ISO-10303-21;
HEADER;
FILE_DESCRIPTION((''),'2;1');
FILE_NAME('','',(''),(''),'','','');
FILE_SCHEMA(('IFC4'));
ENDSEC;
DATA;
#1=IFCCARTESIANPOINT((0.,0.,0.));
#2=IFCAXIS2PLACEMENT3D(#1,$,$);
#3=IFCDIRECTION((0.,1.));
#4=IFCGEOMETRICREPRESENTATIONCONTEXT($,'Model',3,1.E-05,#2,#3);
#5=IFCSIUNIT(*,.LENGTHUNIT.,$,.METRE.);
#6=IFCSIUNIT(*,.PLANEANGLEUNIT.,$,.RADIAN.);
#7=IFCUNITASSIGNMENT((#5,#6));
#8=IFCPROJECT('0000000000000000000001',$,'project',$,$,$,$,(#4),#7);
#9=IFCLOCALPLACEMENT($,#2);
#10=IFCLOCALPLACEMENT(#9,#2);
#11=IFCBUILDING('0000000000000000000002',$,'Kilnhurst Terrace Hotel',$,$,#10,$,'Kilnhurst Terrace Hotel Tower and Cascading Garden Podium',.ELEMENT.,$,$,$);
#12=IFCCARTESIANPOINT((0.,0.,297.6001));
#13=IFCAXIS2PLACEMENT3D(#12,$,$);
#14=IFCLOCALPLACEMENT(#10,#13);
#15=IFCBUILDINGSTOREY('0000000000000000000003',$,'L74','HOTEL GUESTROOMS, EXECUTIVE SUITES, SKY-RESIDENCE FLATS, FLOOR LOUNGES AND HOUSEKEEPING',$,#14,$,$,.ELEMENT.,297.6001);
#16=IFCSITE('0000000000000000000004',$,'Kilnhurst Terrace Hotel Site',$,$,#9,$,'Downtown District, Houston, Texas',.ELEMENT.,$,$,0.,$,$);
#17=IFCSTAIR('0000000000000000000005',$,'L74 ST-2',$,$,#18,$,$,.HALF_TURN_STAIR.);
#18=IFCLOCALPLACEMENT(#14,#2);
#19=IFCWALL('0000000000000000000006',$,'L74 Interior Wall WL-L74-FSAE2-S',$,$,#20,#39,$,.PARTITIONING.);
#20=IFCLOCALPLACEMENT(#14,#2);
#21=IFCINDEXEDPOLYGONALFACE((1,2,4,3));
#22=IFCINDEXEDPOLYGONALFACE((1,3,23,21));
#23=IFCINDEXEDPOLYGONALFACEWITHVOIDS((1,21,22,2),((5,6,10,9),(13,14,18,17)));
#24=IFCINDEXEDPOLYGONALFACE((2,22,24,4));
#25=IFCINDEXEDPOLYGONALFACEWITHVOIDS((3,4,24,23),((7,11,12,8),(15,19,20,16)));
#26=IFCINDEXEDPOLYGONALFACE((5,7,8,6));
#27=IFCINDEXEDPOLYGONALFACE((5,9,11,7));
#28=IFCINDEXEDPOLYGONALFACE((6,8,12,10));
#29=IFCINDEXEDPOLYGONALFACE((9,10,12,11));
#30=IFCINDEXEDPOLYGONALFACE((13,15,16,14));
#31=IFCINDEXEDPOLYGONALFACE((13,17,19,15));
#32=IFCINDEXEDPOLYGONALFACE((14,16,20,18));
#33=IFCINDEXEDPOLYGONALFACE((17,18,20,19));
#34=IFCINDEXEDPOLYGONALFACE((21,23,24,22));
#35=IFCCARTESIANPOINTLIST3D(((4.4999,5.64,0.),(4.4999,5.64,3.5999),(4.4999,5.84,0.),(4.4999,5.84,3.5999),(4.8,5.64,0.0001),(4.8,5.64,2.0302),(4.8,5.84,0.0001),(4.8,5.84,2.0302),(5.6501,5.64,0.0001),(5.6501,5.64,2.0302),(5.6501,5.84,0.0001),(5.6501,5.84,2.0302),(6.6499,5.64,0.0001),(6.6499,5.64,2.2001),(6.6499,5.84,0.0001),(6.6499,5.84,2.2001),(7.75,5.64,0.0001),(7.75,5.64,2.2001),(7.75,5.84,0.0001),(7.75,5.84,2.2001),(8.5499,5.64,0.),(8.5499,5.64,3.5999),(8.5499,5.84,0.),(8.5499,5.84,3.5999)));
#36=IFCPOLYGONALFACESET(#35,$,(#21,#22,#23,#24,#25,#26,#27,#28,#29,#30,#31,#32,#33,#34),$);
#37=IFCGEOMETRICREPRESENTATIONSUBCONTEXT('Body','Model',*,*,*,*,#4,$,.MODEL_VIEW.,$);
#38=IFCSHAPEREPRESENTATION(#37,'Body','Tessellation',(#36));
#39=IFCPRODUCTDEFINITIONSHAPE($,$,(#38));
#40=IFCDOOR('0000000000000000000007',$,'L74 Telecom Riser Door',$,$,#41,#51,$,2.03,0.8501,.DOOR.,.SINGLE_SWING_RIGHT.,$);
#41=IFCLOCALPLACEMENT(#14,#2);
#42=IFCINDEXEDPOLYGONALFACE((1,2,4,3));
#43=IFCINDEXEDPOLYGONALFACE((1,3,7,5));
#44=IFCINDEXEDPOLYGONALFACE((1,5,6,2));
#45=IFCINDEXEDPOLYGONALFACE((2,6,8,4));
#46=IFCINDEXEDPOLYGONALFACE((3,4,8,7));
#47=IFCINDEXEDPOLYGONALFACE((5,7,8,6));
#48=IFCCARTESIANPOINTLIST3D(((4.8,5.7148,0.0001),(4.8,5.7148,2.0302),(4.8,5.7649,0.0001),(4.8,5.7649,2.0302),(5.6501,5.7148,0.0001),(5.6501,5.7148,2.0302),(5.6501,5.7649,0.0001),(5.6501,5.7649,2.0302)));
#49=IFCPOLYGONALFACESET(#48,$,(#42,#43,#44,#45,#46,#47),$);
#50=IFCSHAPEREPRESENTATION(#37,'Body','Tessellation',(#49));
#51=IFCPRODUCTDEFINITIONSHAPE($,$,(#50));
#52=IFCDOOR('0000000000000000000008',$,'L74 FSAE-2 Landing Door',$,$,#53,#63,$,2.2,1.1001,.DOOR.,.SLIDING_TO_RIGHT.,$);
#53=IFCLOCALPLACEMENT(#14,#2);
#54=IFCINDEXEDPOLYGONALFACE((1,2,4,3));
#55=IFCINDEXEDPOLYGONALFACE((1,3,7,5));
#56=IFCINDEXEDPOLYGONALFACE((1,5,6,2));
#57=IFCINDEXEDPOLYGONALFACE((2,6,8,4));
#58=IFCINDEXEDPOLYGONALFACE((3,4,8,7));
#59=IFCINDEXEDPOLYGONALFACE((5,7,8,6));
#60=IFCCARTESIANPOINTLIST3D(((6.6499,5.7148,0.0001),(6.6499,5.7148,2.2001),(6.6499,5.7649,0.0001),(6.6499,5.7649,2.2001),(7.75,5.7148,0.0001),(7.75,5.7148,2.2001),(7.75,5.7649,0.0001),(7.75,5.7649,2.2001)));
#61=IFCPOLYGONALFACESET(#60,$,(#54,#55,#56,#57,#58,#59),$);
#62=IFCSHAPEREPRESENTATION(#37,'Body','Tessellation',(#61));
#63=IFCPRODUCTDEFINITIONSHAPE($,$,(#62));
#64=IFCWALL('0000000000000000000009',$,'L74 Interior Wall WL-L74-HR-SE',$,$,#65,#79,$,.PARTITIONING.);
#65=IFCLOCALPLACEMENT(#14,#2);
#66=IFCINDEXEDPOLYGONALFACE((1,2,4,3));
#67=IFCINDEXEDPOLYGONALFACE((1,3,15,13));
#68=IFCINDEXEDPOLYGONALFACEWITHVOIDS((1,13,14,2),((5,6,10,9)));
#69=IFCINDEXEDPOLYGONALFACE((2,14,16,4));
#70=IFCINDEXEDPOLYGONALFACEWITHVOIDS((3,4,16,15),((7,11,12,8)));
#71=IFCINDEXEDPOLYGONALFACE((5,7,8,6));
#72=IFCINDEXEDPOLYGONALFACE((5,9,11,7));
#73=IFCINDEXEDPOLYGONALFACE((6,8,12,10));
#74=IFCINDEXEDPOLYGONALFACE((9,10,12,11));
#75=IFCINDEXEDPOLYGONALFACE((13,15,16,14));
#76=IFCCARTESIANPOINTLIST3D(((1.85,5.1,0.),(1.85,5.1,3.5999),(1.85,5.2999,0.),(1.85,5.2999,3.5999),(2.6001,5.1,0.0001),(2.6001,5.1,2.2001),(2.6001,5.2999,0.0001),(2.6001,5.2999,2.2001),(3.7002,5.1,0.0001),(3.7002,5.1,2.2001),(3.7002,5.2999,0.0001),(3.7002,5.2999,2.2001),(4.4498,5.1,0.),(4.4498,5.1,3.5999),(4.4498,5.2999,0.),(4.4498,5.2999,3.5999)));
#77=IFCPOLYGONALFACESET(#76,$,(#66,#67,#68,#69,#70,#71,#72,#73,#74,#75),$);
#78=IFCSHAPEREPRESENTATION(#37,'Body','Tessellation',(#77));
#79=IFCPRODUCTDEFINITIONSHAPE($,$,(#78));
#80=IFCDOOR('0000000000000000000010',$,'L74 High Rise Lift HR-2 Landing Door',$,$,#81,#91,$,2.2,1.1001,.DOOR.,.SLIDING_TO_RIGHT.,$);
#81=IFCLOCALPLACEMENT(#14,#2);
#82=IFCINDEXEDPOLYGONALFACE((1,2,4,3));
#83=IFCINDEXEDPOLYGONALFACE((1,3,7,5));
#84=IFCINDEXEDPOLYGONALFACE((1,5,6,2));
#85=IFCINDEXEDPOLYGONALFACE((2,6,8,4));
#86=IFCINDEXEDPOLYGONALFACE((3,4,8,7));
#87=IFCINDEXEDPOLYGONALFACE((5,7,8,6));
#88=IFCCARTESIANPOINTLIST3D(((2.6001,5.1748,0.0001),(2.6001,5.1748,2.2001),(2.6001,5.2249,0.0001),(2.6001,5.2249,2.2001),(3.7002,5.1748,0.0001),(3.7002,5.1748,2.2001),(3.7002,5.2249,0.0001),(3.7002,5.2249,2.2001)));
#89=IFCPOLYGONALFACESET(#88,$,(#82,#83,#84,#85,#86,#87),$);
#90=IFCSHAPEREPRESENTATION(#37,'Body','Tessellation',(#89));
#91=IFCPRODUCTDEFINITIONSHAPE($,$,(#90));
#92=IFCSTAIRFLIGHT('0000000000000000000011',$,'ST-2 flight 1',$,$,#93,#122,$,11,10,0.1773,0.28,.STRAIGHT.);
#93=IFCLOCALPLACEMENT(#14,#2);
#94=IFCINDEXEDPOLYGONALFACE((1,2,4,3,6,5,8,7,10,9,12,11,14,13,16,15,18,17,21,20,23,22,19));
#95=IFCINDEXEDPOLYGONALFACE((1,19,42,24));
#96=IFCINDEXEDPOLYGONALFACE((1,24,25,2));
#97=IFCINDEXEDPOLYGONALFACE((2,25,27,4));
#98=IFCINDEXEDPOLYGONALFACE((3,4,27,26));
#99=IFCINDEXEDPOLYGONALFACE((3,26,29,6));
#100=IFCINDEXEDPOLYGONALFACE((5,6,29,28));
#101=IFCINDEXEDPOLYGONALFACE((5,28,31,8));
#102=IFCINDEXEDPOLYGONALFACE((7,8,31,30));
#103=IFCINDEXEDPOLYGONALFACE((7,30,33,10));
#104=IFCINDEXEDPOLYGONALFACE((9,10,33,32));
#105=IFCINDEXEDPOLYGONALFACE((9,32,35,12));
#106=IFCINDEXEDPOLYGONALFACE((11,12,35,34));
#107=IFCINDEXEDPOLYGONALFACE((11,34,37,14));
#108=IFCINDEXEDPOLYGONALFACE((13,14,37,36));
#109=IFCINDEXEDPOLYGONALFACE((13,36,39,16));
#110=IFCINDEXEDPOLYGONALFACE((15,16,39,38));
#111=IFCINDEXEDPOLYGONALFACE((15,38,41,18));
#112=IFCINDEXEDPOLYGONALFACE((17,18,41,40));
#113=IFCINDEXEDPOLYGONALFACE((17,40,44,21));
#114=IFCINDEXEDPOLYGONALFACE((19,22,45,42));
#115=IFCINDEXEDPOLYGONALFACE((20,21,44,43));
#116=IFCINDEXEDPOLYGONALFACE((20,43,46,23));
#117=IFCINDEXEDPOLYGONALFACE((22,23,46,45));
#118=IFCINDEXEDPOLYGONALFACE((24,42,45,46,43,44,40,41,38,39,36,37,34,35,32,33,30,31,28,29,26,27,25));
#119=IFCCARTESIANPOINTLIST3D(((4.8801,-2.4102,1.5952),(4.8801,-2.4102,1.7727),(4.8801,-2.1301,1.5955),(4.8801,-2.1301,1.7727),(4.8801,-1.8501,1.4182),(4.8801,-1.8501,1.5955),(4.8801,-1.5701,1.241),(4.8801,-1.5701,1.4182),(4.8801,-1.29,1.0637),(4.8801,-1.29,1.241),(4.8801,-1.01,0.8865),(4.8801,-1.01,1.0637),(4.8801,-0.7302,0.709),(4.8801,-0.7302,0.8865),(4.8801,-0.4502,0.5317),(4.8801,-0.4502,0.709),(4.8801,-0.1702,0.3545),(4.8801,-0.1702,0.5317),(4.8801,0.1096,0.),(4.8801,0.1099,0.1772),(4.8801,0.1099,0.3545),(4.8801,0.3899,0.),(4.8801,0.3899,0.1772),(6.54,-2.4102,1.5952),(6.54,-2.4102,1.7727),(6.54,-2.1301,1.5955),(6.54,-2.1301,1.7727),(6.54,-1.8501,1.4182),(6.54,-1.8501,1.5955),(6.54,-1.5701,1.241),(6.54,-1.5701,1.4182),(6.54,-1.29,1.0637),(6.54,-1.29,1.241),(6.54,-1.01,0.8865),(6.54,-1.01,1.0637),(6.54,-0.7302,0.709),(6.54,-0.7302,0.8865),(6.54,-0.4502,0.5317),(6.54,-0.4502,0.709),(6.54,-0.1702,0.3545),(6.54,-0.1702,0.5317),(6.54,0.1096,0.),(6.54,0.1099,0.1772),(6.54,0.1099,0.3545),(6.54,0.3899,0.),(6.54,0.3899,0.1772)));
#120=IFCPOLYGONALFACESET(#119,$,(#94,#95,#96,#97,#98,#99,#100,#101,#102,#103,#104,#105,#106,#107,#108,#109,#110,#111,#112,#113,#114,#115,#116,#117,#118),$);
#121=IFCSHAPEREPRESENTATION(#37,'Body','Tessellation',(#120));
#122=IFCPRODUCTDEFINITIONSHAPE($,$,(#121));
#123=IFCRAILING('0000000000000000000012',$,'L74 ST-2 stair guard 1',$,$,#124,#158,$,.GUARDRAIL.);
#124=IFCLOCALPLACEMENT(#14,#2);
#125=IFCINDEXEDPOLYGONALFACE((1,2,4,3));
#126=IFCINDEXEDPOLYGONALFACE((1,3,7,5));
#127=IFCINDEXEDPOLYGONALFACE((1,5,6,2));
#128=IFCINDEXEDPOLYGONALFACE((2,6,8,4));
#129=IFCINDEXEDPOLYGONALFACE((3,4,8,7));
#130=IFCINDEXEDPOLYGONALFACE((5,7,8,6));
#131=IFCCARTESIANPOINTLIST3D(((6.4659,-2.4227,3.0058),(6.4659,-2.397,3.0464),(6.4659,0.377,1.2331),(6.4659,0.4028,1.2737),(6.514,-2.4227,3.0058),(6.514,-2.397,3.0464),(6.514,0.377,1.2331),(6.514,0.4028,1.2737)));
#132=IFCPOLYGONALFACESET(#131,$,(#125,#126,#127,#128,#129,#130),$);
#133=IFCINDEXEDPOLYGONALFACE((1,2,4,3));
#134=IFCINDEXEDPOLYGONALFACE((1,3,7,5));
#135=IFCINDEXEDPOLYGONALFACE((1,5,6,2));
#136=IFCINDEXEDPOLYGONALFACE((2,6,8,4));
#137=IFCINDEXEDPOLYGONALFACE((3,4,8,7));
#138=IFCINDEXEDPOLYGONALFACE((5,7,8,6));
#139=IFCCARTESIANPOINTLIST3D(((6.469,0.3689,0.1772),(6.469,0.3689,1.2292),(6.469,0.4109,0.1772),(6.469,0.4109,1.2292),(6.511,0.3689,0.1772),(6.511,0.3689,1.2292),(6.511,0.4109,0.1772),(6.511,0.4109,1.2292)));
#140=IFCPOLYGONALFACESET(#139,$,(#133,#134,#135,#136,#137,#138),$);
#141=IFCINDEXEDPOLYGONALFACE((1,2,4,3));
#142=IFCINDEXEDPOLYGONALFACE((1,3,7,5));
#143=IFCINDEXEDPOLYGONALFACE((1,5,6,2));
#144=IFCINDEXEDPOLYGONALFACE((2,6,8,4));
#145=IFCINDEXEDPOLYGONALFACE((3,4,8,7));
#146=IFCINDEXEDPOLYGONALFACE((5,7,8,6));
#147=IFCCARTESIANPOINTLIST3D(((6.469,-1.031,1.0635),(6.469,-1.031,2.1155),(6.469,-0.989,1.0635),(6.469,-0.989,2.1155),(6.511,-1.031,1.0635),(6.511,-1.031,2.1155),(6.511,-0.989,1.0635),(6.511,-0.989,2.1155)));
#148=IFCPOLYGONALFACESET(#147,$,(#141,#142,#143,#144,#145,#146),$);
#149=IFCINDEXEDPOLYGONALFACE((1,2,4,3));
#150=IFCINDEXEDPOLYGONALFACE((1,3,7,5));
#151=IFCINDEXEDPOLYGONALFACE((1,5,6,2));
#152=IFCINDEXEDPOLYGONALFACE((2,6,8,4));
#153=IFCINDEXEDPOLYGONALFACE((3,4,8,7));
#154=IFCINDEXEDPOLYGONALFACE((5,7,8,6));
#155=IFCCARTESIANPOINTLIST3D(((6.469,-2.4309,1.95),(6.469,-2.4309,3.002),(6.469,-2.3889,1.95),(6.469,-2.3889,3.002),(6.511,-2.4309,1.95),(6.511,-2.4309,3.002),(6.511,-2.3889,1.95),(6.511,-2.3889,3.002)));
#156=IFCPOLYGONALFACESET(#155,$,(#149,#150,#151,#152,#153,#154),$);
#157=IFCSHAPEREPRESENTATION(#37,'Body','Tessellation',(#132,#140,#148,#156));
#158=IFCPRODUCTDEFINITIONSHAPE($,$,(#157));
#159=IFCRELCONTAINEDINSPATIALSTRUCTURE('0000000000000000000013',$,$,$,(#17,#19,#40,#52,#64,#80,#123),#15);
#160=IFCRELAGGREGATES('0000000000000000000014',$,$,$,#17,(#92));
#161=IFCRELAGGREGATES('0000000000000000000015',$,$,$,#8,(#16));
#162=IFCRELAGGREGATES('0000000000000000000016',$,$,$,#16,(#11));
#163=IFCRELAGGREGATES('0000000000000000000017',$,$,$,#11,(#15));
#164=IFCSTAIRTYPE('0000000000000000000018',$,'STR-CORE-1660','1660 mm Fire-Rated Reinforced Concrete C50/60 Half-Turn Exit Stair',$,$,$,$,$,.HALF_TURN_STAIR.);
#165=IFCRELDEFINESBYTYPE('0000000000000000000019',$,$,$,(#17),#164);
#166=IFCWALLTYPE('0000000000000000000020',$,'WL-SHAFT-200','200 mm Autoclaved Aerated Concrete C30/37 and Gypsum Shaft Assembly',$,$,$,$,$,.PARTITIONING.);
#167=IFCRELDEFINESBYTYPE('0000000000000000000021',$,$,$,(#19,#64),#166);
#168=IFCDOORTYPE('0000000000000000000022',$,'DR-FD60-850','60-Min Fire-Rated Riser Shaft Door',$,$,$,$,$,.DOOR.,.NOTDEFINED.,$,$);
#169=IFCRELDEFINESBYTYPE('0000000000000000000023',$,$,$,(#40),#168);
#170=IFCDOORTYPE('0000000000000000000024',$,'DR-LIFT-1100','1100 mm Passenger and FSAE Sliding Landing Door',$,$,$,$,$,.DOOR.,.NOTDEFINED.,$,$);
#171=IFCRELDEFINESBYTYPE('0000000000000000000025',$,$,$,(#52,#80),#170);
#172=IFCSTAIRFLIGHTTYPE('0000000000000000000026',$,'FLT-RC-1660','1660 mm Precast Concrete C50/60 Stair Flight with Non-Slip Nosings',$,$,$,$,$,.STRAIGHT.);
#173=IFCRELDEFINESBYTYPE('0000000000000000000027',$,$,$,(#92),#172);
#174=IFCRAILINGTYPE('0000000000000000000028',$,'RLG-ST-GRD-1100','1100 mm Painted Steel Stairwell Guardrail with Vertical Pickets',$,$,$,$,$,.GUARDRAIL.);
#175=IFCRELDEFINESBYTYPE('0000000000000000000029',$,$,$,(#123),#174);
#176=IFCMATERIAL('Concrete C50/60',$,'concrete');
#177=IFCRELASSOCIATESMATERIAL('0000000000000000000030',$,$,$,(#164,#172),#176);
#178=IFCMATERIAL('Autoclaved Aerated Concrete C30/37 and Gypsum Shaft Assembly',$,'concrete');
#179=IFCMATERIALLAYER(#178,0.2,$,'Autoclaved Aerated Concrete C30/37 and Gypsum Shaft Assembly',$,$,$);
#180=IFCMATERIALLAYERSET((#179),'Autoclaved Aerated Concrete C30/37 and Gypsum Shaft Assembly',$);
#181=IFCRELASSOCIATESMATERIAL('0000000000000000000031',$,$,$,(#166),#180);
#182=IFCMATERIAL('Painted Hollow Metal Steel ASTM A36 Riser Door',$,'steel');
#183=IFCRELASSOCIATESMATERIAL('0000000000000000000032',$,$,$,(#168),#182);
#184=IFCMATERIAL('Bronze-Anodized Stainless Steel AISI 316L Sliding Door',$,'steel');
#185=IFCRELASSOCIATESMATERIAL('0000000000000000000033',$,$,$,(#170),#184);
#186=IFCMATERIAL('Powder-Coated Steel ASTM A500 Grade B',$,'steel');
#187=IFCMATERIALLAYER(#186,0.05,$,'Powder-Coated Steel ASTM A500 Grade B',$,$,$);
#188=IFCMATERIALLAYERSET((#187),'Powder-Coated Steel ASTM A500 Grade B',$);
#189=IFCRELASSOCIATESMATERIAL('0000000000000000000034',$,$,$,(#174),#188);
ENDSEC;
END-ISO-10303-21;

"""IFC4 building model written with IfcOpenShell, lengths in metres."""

from ifc_helpers import new_model, si_unit, direction, frame, frame_2d, origin, origin_2d, place, context, subcontext, project, spatial, polyline, rectangle, outline, extrude, material, layer, layer_set, type_object, element, fill, aggregate, save


model = new_model("IFC4")

# Units and contexts
model_context = context("Model", 3, precision=1e-05, world=origin(), true_north=direction((0.0, 1.0)))
body_context = subcontext(model_context, "Body", "Model", "MODEL_VIEW")
ifc_project = project(units=[si_unit("LENGTHUNIT", "METRE"), si_unit("PLANEANGLEUNIT", "RADIAN")], contexts=[model_context])

# Site, building, storey
site_placement = place(None, origin())
site = spatial("IfcSite", under=ifc_project, at=site_placement, Name="Kilnhurst Terrace Hotel Site", LongName="Downtown District, Houston, Texas", CompositionType="ELEMENT", RefElevation=0.0)
building_placement = place(site_placement, origin())
building = spatial("IfcBuilding", under=site, at=building_placement, Name="Kilnhurst Terrace Hotel", LongName="Kilnhurst Terrace Hotel Tower and Cascading Garden Podium", CompositionType="ELEMENT")
storey_placement = place(building_placement, frame((0.0, 0.0, 297.6001)))
storey = spatial("IfcBuildingStorey", under=building, at=storey_placement, Name="L74", Description="HOTEL GUESTROOMS, EXECUTIVE SUITES, SKY-RESIDENCE FLATS, FLOOR LOUNGES AND HOUSEKEEPING", CompositionType="ELEMENT", Elevation=297.6001)

# Stair
ifc_material_1 = material(Name="Concrete C50/60", Category="concrete")
stair_type = type_object("IfcStairType", Name="STR-CORE-1660", Description="1660 mm Fire-Rated Reinforced Concrete C50/60 Half-Turn Exit Stair", PredefinedType="HALF_TURN_STAIR", material=ifc_material_1)
stair_1_placement = place(storey_placement, origin())
stair_1 = element("IfcStair", 1, at=stair_1_placement, inside=storey, type_object=stair_type, Name="L74 ST-2", PredefinedType="HALF_TURN_STAIR")

# Wall, openings, doors
ifc_material_2 = material(Name="Autoclaved Aerated Concrete C30/37 and Gypsum Shaft Assembly", Category="concrete")
ifc_layer_1 = layer(ifc_material_2, 0.2, Name="Autoclaved Aerated Concrete C30/37 and Gypsum Shaft Assembly")
ifc_layer_set_1 = layer_set([ifc_layer_1], Name="Autoclaved Aerated Concrete C30/37 and Gypsum Shaft Assembly")
wall_type_1 = type_object("IfcWallType", Name="WL-SHAFT-200", Description="200 mm Autoclaved Aerated Concrete C30/37 and Gypsum Shaft Assembly", PredefinedType="PARTITIONING", material=ifc_layer_set_1)
wall_1_placement = place(storey_placement, frame((4.5, 5.74, 0.0), z_axis=(0.0, 0.0, 1.0), x_axis=(1.0, 0.0, 0.0)))
wall_1 = element("IfcWall", 2, at=wall_1_placement, inside=storey, type_object=wall_type_1, Name="L74 Interior Wall WL-L74-FSAE2-S", PredefinedType="PARTITIONING", context=body_context, shape_type="SweptSolid", body=[
    extrude(rectangle(XDim=4.05, YDim=0.2, at=frame_2d((2.0249, 0.0))), origin(), (0.0, 0.0, 1.0), 3.5999),
])
opening_1_placement = place(wall_1_placement, frame((0.3, 0.0, 0.0)))
opening_1 = element("IfcOpeningElement", 3, at=opening_1_placement, cuts=wall_1, PredefinedType="OPENING", context=body_context, shape_type="SweptSolid", body=[
    extrude(rectangle(XDim=0.8501, YDim=2.03, at=frame_2d((0.425, 1.0151))), frame((0.0, 0.1099, 0.0), z_axis=(0.0, -1.0, 0.0), x_axis=(1.0, 0.0, 0.0)), (0.0, 0.0, 1.0), 0.22),
])
opening_2_placement = place(wall_1_placement, frame((2.1499, 0.0, 0.0)))
opening_2 = element("IfcOpeningElement", 4, at=opening_2_placement, cuts=wall_1, PredefinedType="OPENING", context=body_context, shape_type="SweptSolid", body=[
    extrude(rectangle(XDim=1.1001, YDim=2.2, at=frame_2d((0.55, 1.1001))), frame((0.0, 0.1099, 0.0), z_axis=(0.0, -1.0, 0.0), x_axis=(1.0, 0.0, 0.0)), (0.0, 0.0, 1.0), 0.22),
])
ifc_material_3 = material(Name="Painted Hollow Metal Steel ASTM A36 Riser Door", Category="steel")
door_type_1 = type_object("IfcDoorType", Name="DR-FD60-850", Description="60-Min Fire-Rated Riser Shaft Door", OperationType="NOTDEFINED", PredefinedType="DOOR", material=ifc_material_3)
door_1_placement = place(opening_1_placement, origin())
door_1 = element("IfcDoor", 5, at=door_1_placement, inside=storey, type_object=door_type_1, Name="L74 Telecom Riser Door", OperationType="SINGLE_SWING_RIGHT", OverallHeight=2.03, OverallWidth=0.8501, PredefinedType="DOOR", context=body_context, shape_type="SweptSolid", body=[
    extrude(rectangle(XDim=0.8501, YDim=2.03, at=frame_2d((0.425, 1.0151))), frame((0.0, 0.0249, 0.0), z_axis=(0.0, -1.0, 0.0), x_axis=(1.0, 0.0, 0.0)), (0.0, 0.0, 1.0), 0.05),
])
fill(opening_1, door_1)
ifc_material_4 = material(Name="Bronze-Anodized Stainless Steel AISI 316L Sliding Door", Category="steel")
door_type_2 = type_object("IfcDoorType", Name="DR-LIFT-1100", Description="1100 mm Passenger and FSAE Sliding Landing Door", OperationType="NOTDEFINED", PredefinedType="DOOR", material=ifc_material_4)
door_2_placement = place(opening_2_placement, origin())
door_2 = element("IfcDoor", 6, at=door_2_placement, inside=storey, type_object=door_type_2, Name="L74 FSAE-2 Landing Door", OperationType="SLIDING_TO_RIGHT", OverallHeight=2.2, OverallWidth=1.1001, PredefinedType="DOOR", context=body_context, shape_type="SweptSolid", body=[
    extrude(rectangle(XDim=1.1001, YDim=2.2, at=frame_2d((0.55, 1.1001))), frame((0.0, 0.0249, 0.0), z_axis=(0.0, -1.0, 0.0), x_axis=(1.0, 0.0, 0.0)), (0.0, 0.0, 1.0), 0.05),
])
fill(opening_2, door_2)

# Wall, opening, door
wall_2_placement = place(storey_placement, frame((1.8501, 5.2, 0.0), z_axis=(0.0, 0.0, 1.0), x_axis=(1.0, 0.0, 0.0)))
wall_2 = element("IfcWall", 7, at=wall_2_placement, inside=storey, type_object=wall_type_1, Name="L74 Interior Wall WL-L74-HR-SE", PredefinedType="PARTITIONING", context=body_context, shape_type="SweptSolid", body=[
    extrude(rectangle(XDim=2.5999, YDim=0.2, at=frame_2d((1.2998, 0.0))), origin(), (0.0, 0.0, 1.0), 3.5999),
])
opening_3_placement = place(wall_2_placement, frame((0.75, 0.0, 0.0)))
opening_3 = element("IfcOpeningElement", 8, at=opening_3_placement, cuts=wall_2, PredefinedType="OPENING", context=body_context, shape_type="SweptSolid", body=[
    extrude(rectangle(XDim=1.1001, YDim=2.2, at=frame_2d((0.55, 1.1001))), frame((0.0, 0.1099, 0.0), z_axis=(0.0, -1.0, 0.0), x_axis=(1.0, 0.0, 0.0)), (0.0, 0.0, 1.0), 0.22),
])
door_3_placement = place(opening_3_placement, origin())
door_3 = element("IfcDoor", 9, at=door_3_placement, inside=storey, type_object=door_type_2, Name="L74 High Rise Lift HR-2 Landing Door", OperationType="SLIDING_TO_RIGHT", OverallHeight=2.2, OverallWidth=1.1001, PredefinedType="DOOR", context=body_context, shape_type="SweptSolid", body=[
    extrude(rectangle(XDim=1.1001, YDim=2.2, at=frame_2d((0.55, 1.1001))), frame((0.0, 0.0249, 0.0), z_axis=(0.0, -1.0, 0.0), x_axis=(1.0, 0.0, 0.0)), (0.0, 0.0, 1.0), 0.05),
])
fill(opening_3, door_3)

# Stair flight
stair_flight_type = type_object("IfcStairFlightType", Name="FLT-RC-1660", Description="1660 mm Precast Concrete C50/60 Stair Flight with Non-Slip Nosings", PredefinedType="STRAIGHT", material=ifc_material_1)
stair_flight_placement = place(storey_placement, frame((5.71, 0.3899, 0.0), z_axis=(0.0, 0.0, 1.0), x_axis=(0.0, -1.0, 0.0)))
stair_flight = element("IfcStairFlight", 10, at=stair_flight_placement, type_object=stair_flight_type, Name="ST-2 flight 1", NumberOfRisers=11, NumberOfTreads=10, PredefinedType="STRAIGHT", RiserHeight=0.1773, TreadLength=0.28, context=body_context, shape_type="SweptSolid", body=[
    extrude(outline(polyline([(0.0, 0.0), (0.0, 0.1772), (0.28, 0.1772), (0.28, 0.3545), (0.5601, 0.3545), (0.5601, 0.5317), (0.8401, 0.5317), (0.8401, 0.709), (1.1201, 0.709), (1.1201, 0.8865), (1.3999, 0.8865), (1.3999, 1.0637), (1.6799, 1.0637), (1.6799, 1.241), (1.96, 1.241), (1.96, 1.4182), (2.24, 1.4182), (2.24, 1.5955), (2.52, 1.5955), (2.52, 1.7727), (2.8, 1.7727), (2.8, 1.95), (2.8, 1.5952), (0.2803, 0.0), (0.0, 0.0)])), frame((0.0, 0.8301, 0.0), z_axis=(0.0, -1.0, 0.0), x_axis=(1.0, 0.0, 0.0)), (0.0, 0.0, 1.0), 1.6599),
])
aggregate(stair_1, [stair_flight])

# Railing
ifc_material_5 = material(Name="Powder-Coated Steel ASTM A500 Grade B", Category="steel")
ifc_layer_2 = layer(ifc_material_5, 0.05, Name="Powder-Coated Steel ASTM A500 Grade B")
ifc_layer_set_2 = layer_set([ifc_layer_2], Name="Powder-Coated Steel ASTM A500 Grade B")
railing_type_1 = type_object("IfcRailingType", Name="RLG-ST-GRD-1100", Description="1100 mm Painted Steel Stairwell Guardrail with Vertical Pickets", PredefinedType="GUARDRAIL", material=ifc_layer_set_2)
railing_1_placement = place(storey_placement, frame((6.49, 0.3899, 0.1772)))
element("IfcRailing", 11, at=railing_1_placement, inside=storey, type_object=railing_type_1, Name="L74 ST-2 stair guard 1", PredefinedType="GUARDRAIL", context=body_context, shape_type="SweptSolid", body=[
    extrude(rectangle(XDim=0.0481, YDim=0.0481, at=origin_2d()), frame((0.0, 0.0, 1.0762), z_axis=(0.0, -0.844888, 0.534943), x_axis=(1.0, 0.0, 0.0)), (0.0, 0.0, 1.0), 3.3137),
    extrude(rectangle(XDim=0.042, YDim=0.042, at=origin_2d()), origin(), (0.0, 0.0, 1.0), 1.052),
    extrude(rectangle(XDim=0.042, YDim=0.042, at=origin_2d()), frame((0.0, -1.3999, 0.8862)), (0.0, 0.0, 1.0), 1.052),
    extrude(rectangle(XDim=0.042, YDim=0.042, at=origin_2d()), frame((0.0, -2.7998, 1.7727)), (0.0, 0.0, 1.0), 1.052),
])

save(model, "model.ifc")
